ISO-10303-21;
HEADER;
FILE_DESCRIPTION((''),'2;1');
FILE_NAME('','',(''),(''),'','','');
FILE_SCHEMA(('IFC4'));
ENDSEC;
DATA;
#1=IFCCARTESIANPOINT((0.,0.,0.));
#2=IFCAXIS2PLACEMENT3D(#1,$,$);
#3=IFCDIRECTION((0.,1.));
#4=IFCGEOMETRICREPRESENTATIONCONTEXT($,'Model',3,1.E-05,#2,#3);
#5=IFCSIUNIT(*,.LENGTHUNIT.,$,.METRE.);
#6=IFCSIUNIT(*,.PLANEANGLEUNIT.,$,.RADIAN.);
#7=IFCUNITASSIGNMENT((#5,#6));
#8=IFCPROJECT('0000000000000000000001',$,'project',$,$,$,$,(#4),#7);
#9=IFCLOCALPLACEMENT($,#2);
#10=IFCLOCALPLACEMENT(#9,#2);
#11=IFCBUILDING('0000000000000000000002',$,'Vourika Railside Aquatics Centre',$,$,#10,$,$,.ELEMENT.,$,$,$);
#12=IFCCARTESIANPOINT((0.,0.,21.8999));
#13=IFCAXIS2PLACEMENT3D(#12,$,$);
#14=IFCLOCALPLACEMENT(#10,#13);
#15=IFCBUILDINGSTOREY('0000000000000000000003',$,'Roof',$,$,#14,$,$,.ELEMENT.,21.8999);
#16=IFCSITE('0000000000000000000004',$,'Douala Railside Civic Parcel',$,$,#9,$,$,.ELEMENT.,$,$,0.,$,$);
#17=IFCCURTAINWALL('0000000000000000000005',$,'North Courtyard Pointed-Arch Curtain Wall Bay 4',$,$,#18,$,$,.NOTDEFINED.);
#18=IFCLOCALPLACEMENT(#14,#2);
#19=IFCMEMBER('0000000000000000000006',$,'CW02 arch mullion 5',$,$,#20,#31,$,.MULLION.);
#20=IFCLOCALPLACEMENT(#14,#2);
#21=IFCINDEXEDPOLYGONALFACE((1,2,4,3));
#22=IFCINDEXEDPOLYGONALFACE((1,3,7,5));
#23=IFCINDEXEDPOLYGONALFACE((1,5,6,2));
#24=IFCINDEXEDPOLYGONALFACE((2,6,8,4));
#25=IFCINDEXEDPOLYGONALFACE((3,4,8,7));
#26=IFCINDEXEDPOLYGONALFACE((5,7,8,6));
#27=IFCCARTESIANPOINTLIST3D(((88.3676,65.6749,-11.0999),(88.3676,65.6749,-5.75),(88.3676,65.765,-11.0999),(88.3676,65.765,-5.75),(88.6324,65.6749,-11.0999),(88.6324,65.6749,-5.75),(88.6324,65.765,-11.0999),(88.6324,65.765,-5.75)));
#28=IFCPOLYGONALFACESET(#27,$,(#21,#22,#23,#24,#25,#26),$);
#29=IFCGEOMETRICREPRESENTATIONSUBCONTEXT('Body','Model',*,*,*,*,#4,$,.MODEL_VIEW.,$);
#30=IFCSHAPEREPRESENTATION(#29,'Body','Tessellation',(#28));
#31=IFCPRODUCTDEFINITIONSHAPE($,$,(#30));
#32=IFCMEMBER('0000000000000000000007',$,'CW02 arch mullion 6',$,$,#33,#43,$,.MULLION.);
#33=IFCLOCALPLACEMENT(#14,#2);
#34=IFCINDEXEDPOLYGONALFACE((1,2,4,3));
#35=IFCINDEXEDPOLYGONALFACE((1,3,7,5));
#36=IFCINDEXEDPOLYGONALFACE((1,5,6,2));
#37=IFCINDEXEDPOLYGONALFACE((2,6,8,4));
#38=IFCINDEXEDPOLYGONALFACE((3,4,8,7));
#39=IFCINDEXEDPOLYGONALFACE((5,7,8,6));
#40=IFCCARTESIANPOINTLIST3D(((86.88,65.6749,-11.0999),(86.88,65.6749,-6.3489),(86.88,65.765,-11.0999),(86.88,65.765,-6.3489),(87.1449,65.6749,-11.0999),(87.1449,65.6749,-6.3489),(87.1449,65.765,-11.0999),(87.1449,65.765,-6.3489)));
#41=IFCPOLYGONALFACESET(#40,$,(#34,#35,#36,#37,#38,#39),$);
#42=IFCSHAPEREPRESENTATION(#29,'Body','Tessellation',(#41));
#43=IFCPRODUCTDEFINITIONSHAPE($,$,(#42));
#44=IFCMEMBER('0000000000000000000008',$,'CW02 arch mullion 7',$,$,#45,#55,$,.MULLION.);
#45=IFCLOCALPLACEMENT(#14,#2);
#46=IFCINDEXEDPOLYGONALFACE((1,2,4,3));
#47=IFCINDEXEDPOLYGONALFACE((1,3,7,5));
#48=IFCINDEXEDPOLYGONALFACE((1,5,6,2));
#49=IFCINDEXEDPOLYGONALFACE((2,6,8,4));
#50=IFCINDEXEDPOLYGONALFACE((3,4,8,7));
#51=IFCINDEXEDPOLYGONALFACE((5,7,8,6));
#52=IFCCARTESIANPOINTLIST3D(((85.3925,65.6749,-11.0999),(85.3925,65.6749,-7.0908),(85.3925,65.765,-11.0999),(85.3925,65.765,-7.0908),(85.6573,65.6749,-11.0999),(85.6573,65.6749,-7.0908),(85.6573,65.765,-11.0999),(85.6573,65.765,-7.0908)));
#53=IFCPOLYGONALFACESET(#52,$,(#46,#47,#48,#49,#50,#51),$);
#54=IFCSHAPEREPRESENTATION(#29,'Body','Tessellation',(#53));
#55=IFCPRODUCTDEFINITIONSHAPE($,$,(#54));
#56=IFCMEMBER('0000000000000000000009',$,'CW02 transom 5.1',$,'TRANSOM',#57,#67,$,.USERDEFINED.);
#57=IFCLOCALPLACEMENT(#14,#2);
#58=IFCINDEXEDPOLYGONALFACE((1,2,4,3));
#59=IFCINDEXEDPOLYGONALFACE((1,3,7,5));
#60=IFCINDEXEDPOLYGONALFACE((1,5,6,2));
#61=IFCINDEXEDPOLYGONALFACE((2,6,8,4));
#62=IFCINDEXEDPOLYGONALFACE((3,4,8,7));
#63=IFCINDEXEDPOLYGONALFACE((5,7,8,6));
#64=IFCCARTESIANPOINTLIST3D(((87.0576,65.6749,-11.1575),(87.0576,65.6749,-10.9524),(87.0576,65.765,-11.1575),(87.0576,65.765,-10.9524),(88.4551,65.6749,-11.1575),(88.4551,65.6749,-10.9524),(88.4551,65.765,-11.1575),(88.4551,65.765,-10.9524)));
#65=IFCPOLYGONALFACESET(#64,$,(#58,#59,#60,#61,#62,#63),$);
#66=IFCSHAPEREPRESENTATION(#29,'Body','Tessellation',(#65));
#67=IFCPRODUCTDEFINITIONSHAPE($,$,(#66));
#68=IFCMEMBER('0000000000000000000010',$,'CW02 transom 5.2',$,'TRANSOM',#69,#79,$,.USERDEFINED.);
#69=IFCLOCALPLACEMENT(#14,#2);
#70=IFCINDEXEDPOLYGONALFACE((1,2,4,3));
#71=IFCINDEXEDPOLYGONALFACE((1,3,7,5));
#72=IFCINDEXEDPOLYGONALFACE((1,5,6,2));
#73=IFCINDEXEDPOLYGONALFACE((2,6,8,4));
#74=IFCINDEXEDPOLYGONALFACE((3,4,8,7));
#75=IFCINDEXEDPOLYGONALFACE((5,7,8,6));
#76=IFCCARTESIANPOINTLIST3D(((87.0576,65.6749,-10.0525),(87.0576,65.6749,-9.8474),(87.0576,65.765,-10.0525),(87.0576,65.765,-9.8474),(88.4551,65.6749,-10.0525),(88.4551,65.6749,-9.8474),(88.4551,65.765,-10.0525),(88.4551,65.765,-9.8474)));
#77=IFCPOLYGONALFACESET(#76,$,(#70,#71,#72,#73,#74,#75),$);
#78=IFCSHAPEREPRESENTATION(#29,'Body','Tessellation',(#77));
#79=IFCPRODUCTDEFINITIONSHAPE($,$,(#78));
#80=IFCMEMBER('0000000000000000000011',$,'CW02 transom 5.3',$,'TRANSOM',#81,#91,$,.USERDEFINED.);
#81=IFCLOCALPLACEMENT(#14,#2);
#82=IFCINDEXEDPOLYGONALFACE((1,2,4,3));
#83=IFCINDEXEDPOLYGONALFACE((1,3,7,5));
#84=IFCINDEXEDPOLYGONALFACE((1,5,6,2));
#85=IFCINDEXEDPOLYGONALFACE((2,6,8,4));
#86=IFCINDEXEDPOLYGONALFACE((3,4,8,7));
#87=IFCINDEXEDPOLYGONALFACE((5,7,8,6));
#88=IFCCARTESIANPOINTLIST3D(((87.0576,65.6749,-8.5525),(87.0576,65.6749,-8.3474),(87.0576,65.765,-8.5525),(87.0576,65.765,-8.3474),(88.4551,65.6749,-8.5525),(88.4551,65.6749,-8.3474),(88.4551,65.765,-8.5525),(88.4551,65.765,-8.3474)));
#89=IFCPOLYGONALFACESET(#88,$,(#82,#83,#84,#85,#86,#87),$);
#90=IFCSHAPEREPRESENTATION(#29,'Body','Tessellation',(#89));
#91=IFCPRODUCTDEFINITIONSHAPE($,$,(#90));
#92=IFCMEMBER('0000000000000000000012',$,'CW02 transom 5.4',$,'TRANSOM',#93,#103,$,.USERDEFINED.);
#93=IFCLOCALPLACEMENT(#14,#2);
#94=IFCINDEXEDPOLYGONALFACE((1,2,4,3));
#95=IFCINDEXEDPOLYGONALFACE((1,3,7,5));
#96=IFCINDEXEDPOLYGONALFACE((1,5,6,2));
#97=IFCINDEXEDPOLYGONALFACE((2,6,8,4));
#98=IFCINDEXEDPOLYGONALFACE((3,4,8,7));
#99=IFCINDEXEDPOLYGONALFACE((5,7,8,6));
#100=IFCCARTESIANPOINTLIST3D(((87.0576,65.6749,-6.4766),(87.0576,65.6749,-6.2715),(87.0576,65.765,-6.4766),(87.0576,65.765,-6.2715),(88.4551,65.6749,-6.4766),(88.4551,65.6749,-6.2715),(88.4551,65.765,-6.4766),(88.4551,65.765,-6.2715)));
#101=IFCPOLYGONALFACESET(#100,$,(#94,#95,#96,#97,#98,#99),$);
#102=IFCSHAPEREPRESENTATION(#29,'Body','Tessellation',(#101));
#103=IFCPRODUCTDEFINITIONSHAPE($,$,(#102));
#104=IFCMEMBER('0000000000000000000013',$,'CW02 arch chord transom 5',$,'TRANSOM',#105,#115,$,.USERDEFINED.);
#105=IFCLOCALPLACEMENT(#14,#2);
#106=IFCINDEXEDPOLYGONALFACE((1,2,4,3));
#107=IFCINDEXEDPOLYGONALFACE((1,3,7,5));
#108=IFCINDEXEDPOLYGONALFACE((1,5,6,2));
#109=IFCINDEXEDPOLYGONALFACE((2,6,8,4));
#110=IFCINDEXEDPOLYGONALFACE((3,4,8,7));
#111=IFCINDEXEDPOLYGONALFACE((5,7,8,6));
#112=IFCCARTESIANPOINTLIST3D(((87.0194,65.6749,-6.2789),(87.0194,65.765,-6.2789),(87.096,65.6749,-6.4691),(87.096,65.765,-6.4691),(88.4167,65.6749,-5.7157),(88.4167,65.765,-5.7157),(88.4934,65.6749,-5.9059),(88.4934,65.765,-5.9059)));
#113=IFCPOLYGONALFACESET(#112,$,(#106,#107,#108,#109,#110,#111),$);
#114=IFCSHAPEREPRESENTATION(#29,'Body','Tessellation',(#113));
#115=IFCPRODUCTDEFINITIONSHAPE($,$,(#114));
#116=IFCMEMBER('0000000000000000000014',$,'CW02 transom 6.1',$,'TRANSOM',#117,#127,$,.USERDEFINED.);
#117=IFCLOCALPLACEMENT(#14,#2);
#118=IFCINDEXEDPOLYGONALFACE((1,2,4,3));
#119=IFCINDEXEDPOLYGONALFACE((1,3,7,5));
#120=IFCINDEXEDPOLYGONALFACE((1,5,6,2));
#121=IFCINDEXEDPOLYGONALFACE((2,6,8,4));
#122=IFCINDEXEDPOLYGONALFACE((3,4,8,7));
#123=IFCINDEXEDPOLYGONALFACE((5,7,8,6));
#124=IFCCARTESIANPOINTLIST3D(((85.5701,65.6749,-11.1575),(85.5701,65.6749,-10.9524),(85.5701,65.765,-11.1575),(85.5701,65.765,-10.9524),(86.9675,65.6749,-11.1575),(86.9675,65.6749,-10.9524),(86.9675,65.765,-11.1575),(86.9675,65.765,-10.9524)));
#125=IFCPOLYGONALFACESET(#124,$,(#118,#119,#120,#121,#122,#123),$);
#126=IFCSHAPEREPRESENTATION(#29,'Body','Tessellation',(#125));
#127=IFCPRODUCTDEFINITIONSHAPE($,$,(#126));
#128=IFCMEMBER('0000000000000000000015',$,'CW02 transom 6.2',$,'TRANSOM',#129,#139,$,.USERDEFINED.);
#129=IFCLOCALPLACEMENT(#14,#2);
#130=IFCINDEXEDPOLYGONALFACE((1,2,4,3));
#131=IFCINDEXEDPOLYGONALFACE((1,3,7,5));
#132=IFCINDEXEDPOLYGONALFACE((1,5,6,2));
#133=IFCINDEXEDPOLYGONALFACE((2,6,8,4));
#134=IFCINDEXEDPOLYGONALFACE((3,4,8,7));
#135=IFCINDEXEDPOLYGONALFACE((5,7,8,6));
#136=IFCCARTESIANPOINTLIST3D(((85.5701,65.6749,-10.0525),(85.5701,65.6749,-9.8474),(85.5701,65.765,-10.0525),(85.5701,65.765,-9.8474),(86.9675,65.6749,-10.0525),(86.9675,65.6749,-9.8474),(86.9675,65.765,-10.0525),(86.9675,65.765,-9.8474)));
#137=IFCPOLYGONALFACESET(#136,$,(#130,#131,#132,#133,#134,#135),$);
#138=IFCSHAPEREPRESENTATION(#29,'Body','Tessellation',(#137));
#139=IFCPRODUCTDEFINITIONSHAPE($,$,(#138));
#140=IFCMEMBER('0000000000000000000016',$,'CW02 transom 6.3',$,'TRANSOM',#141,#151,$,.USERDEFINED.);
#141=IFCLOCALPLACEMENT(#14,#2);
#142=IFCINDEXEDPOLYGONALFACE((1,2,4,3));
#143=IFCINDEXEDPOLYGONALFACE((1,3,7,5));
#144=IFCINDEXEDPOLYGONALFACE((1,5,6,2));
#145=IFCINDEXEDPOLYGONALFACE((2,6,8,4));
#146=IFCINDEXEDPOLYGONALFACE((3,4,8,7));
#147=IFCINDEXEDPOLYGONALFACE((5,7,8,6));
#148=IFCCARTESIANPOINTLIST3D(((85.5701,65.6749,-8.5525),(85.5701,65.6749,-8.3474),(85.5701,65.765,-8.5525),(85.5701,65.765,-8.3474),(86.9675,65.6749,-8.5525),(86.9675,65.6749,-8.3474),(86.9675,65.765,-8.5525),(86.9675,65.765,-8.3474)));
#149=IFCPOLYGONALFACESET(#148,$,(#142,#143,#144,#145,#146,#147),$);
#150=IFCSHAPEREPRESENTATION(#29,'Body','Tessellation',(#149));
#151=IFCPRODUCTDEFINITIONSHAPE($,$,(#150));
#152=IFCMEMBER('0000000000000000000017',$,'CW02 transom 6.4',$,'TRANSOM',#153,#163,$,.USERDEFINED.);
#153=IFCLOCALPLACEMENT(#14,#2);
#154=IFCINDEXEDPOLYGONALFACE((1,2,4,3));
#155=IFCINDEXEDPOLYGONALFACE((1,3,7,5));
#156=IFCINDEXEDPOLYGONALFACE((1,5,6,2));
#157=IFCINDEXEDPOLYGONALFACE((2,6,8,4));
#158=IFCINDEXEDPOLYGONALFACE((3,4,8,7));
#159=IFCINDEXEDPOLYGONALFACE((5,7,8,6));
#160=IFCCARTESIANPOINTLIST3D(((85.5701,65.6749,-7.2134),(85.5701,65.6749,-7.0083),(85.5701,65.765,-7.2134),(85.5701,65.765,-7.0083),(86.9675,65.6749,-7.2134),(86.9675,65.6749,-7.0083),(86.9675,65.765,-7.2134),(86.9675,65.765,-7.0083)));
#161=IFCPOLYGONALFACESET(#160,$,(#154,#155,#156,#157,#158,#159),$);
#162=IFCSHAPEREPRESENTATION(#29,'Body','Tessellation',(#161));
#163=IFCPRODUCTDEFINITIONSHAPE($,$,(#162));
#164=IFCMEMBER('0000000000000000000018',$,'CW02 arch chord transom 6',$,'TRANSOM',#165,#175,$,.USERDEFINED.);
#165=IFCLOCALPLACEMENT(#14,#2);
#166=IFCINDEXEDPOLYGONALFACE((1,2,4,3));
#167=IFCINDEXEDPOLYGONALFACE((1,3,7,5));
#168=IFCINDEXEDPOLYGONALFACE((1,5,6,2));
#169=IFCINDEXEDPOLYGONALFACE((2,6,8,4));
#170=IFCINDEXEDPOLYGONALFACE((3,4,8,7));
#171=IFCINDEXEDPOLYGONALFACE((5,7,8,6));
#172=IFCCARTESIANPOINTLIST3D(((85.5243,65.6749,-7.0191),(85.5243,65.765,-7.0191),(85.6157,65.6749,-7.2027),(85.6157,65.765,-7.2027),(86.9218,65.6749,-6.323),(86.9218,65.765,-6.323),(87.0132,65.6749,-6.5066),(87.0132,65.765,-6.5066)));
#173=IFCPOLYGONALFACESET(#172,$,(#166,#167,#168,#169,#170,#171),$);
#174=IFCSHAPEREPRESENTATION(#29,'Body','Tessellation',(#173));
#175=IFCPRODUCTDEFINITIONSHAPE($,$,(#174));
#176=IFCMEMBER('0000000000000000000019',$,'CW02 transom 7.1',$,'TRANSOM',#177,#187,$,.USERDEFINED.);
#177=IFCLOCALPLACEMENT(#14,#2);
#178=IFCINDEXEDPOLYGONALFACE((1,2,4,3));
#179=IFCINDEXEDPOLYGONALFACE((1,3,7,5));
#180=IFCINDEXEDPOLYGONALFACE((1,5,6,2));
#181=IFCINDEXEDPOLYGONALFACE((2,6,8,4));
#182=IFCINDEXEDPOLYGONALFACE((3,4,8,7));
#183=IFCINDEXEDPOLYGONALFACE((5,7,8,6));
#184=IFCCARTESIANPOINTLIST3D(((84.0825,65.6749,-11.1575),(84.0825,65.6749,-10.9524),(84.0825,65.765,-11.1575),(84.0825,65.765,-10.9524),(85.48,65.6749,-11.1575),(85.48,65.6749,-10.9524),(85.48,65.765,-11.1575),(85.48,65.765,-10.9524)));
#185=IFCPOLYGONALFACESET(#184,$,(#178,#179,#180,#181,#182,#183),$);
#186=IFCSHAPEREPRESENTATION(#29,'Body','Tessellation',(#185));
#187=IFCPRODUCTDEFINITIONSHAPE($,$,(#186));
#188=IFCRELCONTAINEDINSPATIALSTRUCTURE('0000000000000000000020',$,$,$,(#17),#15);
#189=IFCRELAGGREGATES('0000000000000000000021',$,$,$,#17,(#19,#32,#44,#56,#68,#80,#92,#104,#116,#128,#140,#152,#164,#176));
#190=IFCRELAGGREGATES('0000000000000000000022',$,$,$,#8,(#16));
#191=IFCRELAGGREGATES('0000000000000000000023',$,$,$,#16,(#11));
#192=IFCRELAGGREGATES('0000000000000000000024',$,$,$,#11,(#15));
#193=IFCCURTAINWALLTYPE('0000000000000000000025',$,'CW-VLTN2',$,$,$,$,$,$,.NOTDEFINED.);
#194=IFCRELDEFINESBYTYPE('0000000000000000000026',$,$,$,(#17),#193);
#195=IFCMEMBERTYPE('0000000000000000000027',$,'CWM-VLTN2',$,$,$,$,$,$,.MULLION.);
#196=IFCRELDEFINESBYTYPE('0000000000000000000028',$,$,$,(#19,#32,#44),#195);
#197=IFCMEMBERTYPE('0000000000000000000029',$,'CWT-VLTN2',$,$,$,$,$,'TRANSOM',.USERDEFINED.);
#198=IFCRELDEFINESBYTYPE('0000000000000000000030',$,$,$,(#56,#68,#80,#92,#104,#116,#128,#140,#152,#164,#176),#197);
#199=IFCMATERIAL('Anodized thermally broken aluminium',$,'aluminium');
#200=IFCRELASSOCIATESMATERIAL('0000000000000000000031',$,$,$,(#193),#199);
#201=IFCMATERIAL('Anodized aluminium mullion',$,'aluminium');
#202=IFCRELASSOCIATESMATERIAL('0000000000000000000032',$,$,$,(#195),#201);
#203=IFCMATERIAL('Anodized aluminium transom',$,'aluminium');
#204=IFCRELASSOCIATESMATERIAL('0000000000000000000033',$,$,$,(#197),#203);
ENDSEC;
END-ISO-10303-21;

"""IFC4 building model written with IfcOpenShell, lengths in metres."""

from ifc_helpers import new_model, si_unit, direction, frame, origin, origin_2d, place, context, subcontext, project, spatial, rectangle, extrude, material, material_profile, profile_set, type_object, element, aggregate, save


model = new_model("IFC4")

# Units and contexts
model_context = context("Model", 3, precision=1e-05, world=origin(), true_north=direction((0.0, 1.0)))
body_context = subcontext(model_context, "Body", "Model", "MODEL_VIEW")
ifc_project = project(units=[si_unit("LENGTHUNIT", "METRE"), si_unit("PLANEANGLEUNIT", "RADIAN")], contexts=[model_context])

# Site, building, storey
site_placement = place(None, origin())
site = spatial("IfcSite", under=ifc_project, at=site_placement, Name="Douala Railside Civic Parcel", CompositionType="ELEMENT", RefElevation=0.0)
building_placement = place(site_placement, origin())
building = spatial("IfcBuilding", under=site, at=building_placement, Name="Vourika Railside Aquatics Centre", CompositionType="ELEMENT")
storey_placement = place(building_placement, frame((0.0, 0.0, 21.8999)))
storey = spatial("IfcBuildingStorey", under=building, at=storey_placement, Name="Roof", CompositionType="ELEMENT", Elevation=21.8999)

# Curtain wall, members
ifc_material_1 = material(Name="Anodized thermally broken aluminium", Category="aluminium")
curtain_wall_type = type_object("IfcCurtainWallType", Name="CW-VLTN2", PredefinedType="NOTDEFINED", material=ifc_material_1)
curtain_wall_placement = place(storey_placement, origin())
curtain_wall = element("IfcCurtainWall", 1, at=curtain_wall_placement, inside=storey, type_object=curtain_wall_type, Name="North Courtyard Pointed-Arch Curtain Wall Bay 4", PredefinedType="NOTDEFINED")
ifc_material_2 = material(Name="Anodized aluminium mullion", Category="aluminium")
ifc_material_profile_1 = material_profile(ifc_material_2, rectangle(XDim=0.0901, YDim=0.2649, at=origin_2d()), Name="ALU-M 90x265")
ifc_profile_set_1 = profile_set([ifc_material_profile_1], Name="Anodized aluminium mullion")
member_type_1 = type_object("IfcMemberType", Name="CWM-VLTN2", PredefinedType="MULLION", material=ifc_profile_set_1)
member_1_placement = place(storey_placement, frame((88.5, 65.72, -11.0999), z_axis=(0.0, 0.0, 1.0), x_axis=(0.0, -1.0, 0.0)))
member_1 = element("IfcMember", 2, at=member_1_placement, type_object=member_type_1, Name="CW02 arch mullion 5", PredefinedType="MULLION", context=body_context, shape_type="SweptSolid", body=[
    extrude(rectangle(XDim=0.0901, YDim=0.2649, at=origin_2d()), origin(), (0.0, 0.0, 1.0), 5.3499),
])
member_2_placement = place(storey_placement, frame((87.0125, 65.72, -11.0999), z_axis=(0.0, 0.0, 1.0), x_axis=(0.0, -1.0, 0.0)))
member_2 = element("IfcMember", 3, at=member_2_placement, type_object=member_type_1, Name="CW02 arch mullion 6", PredefinedType="MULLION", context=body_context, shape_type="SweptSolid", body=[
    extrude(rectangle(XDim=0.0901, YDim=0.2649, at=origin_2d()), origin(), (0.0, 0.0, 1.0), 4.751),
])
member_3_placement = place(storey_placement, frame((85.5249, 65.72, -11.0999), z_axis=(0.0, 0.0, 1.0), x_axis=(0.0, -1.0, 0.0)))
member_3 = element("IfcMember", 4, at=member_3_placement, type_object=member_type_1, Name="CW02 arch mullion 7", PredefinedType="MULLION", context=body_context, shape_type="SweptSolid", body=[
    extrude(rectangle(XDim=0.0901, YDim=0.2649, at=origin_2d()), origin(), (0.0, 0.0, 1.0), 4.009),
])
ifc_material_3 = material(Name="Anodized aluminium transom", Category="aluminium")
ifc_material_profile_2 = material_profile(ifc_material_3, rectangle(XDim=0.0901, YDim=0.2051, at=origin_2d()), Name="ALU-T 90x205")
ifc_profile_set_2 = profile_set([ifc_material_profile_2], Name="Anodized aluminium transom")
member_type_2 = type_object("IfcMemberType", Name="CWT-VLTN2", ElementType="TRANSOM", PredefinedType="USERDEFINED", material=ifc_profile_set_2)
member_4_placement = place(storey_placement, frame((88.4551, 65.72, -11.0549), z_axis=(-1.0, 0.0, 0.0), x_axis=(0.0, -1.0, 0.0)))
member_4 = element("IfcMember", 5, at=member_4_placement, type_object=member_type_2, Name="CW02 transom 5.1", ObjectType="TRANSOM", PredefinedType="USERDEFINED", context=body_context, shape_type="SweptSolid", body=[
    extrude(rectangle(XDim=0.0901, YDim=0.2051, at=origin_2d()), origin(), (0.0, 0.0, 1.0), 1.3975),
])
member_5_placement = place(storey_placement, frame((88.4551, 65.72, -9.95), z_axis=(-1.0, 0.0, 0.0), x_axis=(0.0, -1.0, 0.0)))
member_5 = element("IfcMember", 6, at=member_5_placement, type_object=member_type_2, Name="CW02 transom 5.2", ObjectType="TRANSOM", PredefinedType="USERDEFINED", context=body_context, shape_type="SweptSolid", body=[
    extrude(rectangle(XDim=0.0901, YDim=0.2051, at=origin_2d()), origin(), (0.0, 0.0, 1.0), 1.3975),
])
member_6_placement = place(storey_placement, frame((88.4551, 65.72, -8.45), z_axis=(-1.0, 0.0, 0.0), x_axis=(0.0, -1.0, 0.0)))
member_6 = element("IfcMember", 7, at=member_6_placement, type_object=member_type_2, Name="CW02 transom 5.3", ObjectType="TRANSOM", PredefinedType="USERDEFINED", context=body_context, shape_type="SweptSolid", body=[
    extrude(rectangle(XDim=0.0901, YDim=0.2051, at=origin_2d()), origin(), (0.0, 0.0, 1.0), 1.3975),
])
member_7_placement = place(storey_placement, frame((88.4551, 65.72, -6.374), z_axis=(-1.0, 0.0, 0.0), x_axis=(0.0, -1.0, 0.0)))
member_7 = element("IfcMember", 8, at=member_7_placement, type_object=member_type_2, Name="CW02 transom 5.4", ObjectType="TRANSOM", PredefinedType="USERDEFINED", context=body_context, shape_type="SweptSolid", body=[
    extrude(rectangle(XDim=0.0901, YDim=0.2051, at=origin_2d()), origin(), (0.0, 0.0, 1.0), 1.3975),
])
member_8_placement = place(storey_placement, frame((88.4551, 65.72, -5.8108), z_axis=(-0.927501, 0.0, -0.37382), x_axis=(0.0, -1.0, 0.0)))
member_8 = element("IfcMember", 9, at=member_8_placement, type_object=member_type_2, Name="CW02 arch chord transom 5", ObjectType="TRANSOM", PredefinedType="USERDEFINED", context=body_context, shape_type="SweptSolid", body=[
    extrude(rectangle(XDim=0.0901, YDim=0.2051, at=origin_2d()), origin(), (0.0, 0.0, 1.0), 1.5066),
])
member_9_placement = place(storey_placement, frame((86.9675, 65.72, -11.0549), z_axis=(-1.0, 0.0, 0.0), x_axis=(0.0, -1.0, 0.0)))
member_9 = element("IfcMember", 10, at=member_9_placement, type_object=member_type_2, Name="CW02 transom 6.1", ObjectType="TRANSOM", PredefinedType="USERDEFINED", context=body_context, shape_type="SweptSolid", body=[
    extrude(rectangle(XDim=0.0901, YDim=0.2051, at=origin_2d()), origin(), (0.0, 0.0, 1.0), 1.3975),
])
member_10_placement = place(storey_placement, frame((86.9675, 65.72, -9.95), z_axis=(-1.0, 0.0, 0.0), x_axis=(0.0, -1.0, 0.0)))
member_10 = element("IfcMember", 11, at=member_10_placement, type_object=member_type_2, Name="CW02 transom 6.2", ObjectType="TRANSOM", PredefinedType="USERDEFINED", context=body_context, shape_type="SweptSolid", body=[
    extrude(rectangle(XDim=0.0901, YDim=0.2051, at=origin_2d()), origin(), (0.0, 0.0, 1.0), 1.3975),
])
member_11_placement = place(storey_placement, frame((86.9675, 65.72, -8.45), z_axis=(-1.0, 0.0, 0.0), x_axis=(0.0, -1.0, 0.0)))
member_11 = element("IfcMember", 12, at=member_11_placement, type_object=member_type_2, Name="CW02 transom 6.3", ObjectType="TRANSOM", PredefinedType="USERDEFINED", context=body_context, shape_type="SweptSolid", body=[
    extrude(rectangle(XDim=0.0901, YDim=0.2051, at=origin_2d()), origin(), (0.0, 0.0, 1.0), 1.3975),
])
member_12_placement = place(storey_placement, frame((86.9675, 65.72, -7.1108), z_axis=(-1.0, 0.0, 0.0), x_axis=(0.0, -1.0, 0.0)))
member_12 = element("IfcMember", 13, at=member_12_placement, type_object=member_type_2, Name="CW02 transom 6.4", ObjectType="TRANSOM", PredefinedType="USERDEFINED", context=body_context, shape_type="SweptSolid", body=[
    extrude(rectangle(XDim=0.0901, YDim=0.2051, at=origin_2d()), origin(), (0.0, 0.0, 1.0), 1.3975),
])
member_13_placement = place(storey_placement, frame((86.9675, 65.72, -6.4148), z_axis=(-0.895114, 0.0, -0.445837), x_axis=(0.0, -1.0, 0.0)))
member_13 = element("IfcMember", 14, at=member_13_placement, type_object=member_type_2, Name="CW02 arch chord transom 6", ObjectType="TRANSOM", PredefinedType="USERDEFINED", context=body_context, shape_type="SweptSolid", body=[
    extrude(rectangle(XDim=0.0901, YDim=0.2051, at=origin_2d()), origin(), (0.0, 0.0, 1.0), 1.5613),
])
member_14_placement = place(storey_placement, frame((85.48, 65.72, -11.0549), z_axis=(-1.0, 0.0, 0.0), x_axis=(0.0, -1.0, 0.0)))
member_14 = element("IfcMember", 15, at=member_14_placement, type_object=member_type_2, Name="CW02 transom 7.1", ObjectType="TRANSOM", PredefinedType="USERDEFINED", context=body_context, shape_type="SweptSolid", body=[
    extrude(rectangle(XDim=0.0901, YDim=0.2051, at=origin_2d()), origin(), (0.0, 0.0, 1.0), 1.3975),
])
aggregate(curtain_wall, [member_1, member_2, member_3, member_4, member_5, member_6, member_7, member_8, member_9, member_10, member_11, member_12, member_13, member_14])

save(model, "model.ifc")
